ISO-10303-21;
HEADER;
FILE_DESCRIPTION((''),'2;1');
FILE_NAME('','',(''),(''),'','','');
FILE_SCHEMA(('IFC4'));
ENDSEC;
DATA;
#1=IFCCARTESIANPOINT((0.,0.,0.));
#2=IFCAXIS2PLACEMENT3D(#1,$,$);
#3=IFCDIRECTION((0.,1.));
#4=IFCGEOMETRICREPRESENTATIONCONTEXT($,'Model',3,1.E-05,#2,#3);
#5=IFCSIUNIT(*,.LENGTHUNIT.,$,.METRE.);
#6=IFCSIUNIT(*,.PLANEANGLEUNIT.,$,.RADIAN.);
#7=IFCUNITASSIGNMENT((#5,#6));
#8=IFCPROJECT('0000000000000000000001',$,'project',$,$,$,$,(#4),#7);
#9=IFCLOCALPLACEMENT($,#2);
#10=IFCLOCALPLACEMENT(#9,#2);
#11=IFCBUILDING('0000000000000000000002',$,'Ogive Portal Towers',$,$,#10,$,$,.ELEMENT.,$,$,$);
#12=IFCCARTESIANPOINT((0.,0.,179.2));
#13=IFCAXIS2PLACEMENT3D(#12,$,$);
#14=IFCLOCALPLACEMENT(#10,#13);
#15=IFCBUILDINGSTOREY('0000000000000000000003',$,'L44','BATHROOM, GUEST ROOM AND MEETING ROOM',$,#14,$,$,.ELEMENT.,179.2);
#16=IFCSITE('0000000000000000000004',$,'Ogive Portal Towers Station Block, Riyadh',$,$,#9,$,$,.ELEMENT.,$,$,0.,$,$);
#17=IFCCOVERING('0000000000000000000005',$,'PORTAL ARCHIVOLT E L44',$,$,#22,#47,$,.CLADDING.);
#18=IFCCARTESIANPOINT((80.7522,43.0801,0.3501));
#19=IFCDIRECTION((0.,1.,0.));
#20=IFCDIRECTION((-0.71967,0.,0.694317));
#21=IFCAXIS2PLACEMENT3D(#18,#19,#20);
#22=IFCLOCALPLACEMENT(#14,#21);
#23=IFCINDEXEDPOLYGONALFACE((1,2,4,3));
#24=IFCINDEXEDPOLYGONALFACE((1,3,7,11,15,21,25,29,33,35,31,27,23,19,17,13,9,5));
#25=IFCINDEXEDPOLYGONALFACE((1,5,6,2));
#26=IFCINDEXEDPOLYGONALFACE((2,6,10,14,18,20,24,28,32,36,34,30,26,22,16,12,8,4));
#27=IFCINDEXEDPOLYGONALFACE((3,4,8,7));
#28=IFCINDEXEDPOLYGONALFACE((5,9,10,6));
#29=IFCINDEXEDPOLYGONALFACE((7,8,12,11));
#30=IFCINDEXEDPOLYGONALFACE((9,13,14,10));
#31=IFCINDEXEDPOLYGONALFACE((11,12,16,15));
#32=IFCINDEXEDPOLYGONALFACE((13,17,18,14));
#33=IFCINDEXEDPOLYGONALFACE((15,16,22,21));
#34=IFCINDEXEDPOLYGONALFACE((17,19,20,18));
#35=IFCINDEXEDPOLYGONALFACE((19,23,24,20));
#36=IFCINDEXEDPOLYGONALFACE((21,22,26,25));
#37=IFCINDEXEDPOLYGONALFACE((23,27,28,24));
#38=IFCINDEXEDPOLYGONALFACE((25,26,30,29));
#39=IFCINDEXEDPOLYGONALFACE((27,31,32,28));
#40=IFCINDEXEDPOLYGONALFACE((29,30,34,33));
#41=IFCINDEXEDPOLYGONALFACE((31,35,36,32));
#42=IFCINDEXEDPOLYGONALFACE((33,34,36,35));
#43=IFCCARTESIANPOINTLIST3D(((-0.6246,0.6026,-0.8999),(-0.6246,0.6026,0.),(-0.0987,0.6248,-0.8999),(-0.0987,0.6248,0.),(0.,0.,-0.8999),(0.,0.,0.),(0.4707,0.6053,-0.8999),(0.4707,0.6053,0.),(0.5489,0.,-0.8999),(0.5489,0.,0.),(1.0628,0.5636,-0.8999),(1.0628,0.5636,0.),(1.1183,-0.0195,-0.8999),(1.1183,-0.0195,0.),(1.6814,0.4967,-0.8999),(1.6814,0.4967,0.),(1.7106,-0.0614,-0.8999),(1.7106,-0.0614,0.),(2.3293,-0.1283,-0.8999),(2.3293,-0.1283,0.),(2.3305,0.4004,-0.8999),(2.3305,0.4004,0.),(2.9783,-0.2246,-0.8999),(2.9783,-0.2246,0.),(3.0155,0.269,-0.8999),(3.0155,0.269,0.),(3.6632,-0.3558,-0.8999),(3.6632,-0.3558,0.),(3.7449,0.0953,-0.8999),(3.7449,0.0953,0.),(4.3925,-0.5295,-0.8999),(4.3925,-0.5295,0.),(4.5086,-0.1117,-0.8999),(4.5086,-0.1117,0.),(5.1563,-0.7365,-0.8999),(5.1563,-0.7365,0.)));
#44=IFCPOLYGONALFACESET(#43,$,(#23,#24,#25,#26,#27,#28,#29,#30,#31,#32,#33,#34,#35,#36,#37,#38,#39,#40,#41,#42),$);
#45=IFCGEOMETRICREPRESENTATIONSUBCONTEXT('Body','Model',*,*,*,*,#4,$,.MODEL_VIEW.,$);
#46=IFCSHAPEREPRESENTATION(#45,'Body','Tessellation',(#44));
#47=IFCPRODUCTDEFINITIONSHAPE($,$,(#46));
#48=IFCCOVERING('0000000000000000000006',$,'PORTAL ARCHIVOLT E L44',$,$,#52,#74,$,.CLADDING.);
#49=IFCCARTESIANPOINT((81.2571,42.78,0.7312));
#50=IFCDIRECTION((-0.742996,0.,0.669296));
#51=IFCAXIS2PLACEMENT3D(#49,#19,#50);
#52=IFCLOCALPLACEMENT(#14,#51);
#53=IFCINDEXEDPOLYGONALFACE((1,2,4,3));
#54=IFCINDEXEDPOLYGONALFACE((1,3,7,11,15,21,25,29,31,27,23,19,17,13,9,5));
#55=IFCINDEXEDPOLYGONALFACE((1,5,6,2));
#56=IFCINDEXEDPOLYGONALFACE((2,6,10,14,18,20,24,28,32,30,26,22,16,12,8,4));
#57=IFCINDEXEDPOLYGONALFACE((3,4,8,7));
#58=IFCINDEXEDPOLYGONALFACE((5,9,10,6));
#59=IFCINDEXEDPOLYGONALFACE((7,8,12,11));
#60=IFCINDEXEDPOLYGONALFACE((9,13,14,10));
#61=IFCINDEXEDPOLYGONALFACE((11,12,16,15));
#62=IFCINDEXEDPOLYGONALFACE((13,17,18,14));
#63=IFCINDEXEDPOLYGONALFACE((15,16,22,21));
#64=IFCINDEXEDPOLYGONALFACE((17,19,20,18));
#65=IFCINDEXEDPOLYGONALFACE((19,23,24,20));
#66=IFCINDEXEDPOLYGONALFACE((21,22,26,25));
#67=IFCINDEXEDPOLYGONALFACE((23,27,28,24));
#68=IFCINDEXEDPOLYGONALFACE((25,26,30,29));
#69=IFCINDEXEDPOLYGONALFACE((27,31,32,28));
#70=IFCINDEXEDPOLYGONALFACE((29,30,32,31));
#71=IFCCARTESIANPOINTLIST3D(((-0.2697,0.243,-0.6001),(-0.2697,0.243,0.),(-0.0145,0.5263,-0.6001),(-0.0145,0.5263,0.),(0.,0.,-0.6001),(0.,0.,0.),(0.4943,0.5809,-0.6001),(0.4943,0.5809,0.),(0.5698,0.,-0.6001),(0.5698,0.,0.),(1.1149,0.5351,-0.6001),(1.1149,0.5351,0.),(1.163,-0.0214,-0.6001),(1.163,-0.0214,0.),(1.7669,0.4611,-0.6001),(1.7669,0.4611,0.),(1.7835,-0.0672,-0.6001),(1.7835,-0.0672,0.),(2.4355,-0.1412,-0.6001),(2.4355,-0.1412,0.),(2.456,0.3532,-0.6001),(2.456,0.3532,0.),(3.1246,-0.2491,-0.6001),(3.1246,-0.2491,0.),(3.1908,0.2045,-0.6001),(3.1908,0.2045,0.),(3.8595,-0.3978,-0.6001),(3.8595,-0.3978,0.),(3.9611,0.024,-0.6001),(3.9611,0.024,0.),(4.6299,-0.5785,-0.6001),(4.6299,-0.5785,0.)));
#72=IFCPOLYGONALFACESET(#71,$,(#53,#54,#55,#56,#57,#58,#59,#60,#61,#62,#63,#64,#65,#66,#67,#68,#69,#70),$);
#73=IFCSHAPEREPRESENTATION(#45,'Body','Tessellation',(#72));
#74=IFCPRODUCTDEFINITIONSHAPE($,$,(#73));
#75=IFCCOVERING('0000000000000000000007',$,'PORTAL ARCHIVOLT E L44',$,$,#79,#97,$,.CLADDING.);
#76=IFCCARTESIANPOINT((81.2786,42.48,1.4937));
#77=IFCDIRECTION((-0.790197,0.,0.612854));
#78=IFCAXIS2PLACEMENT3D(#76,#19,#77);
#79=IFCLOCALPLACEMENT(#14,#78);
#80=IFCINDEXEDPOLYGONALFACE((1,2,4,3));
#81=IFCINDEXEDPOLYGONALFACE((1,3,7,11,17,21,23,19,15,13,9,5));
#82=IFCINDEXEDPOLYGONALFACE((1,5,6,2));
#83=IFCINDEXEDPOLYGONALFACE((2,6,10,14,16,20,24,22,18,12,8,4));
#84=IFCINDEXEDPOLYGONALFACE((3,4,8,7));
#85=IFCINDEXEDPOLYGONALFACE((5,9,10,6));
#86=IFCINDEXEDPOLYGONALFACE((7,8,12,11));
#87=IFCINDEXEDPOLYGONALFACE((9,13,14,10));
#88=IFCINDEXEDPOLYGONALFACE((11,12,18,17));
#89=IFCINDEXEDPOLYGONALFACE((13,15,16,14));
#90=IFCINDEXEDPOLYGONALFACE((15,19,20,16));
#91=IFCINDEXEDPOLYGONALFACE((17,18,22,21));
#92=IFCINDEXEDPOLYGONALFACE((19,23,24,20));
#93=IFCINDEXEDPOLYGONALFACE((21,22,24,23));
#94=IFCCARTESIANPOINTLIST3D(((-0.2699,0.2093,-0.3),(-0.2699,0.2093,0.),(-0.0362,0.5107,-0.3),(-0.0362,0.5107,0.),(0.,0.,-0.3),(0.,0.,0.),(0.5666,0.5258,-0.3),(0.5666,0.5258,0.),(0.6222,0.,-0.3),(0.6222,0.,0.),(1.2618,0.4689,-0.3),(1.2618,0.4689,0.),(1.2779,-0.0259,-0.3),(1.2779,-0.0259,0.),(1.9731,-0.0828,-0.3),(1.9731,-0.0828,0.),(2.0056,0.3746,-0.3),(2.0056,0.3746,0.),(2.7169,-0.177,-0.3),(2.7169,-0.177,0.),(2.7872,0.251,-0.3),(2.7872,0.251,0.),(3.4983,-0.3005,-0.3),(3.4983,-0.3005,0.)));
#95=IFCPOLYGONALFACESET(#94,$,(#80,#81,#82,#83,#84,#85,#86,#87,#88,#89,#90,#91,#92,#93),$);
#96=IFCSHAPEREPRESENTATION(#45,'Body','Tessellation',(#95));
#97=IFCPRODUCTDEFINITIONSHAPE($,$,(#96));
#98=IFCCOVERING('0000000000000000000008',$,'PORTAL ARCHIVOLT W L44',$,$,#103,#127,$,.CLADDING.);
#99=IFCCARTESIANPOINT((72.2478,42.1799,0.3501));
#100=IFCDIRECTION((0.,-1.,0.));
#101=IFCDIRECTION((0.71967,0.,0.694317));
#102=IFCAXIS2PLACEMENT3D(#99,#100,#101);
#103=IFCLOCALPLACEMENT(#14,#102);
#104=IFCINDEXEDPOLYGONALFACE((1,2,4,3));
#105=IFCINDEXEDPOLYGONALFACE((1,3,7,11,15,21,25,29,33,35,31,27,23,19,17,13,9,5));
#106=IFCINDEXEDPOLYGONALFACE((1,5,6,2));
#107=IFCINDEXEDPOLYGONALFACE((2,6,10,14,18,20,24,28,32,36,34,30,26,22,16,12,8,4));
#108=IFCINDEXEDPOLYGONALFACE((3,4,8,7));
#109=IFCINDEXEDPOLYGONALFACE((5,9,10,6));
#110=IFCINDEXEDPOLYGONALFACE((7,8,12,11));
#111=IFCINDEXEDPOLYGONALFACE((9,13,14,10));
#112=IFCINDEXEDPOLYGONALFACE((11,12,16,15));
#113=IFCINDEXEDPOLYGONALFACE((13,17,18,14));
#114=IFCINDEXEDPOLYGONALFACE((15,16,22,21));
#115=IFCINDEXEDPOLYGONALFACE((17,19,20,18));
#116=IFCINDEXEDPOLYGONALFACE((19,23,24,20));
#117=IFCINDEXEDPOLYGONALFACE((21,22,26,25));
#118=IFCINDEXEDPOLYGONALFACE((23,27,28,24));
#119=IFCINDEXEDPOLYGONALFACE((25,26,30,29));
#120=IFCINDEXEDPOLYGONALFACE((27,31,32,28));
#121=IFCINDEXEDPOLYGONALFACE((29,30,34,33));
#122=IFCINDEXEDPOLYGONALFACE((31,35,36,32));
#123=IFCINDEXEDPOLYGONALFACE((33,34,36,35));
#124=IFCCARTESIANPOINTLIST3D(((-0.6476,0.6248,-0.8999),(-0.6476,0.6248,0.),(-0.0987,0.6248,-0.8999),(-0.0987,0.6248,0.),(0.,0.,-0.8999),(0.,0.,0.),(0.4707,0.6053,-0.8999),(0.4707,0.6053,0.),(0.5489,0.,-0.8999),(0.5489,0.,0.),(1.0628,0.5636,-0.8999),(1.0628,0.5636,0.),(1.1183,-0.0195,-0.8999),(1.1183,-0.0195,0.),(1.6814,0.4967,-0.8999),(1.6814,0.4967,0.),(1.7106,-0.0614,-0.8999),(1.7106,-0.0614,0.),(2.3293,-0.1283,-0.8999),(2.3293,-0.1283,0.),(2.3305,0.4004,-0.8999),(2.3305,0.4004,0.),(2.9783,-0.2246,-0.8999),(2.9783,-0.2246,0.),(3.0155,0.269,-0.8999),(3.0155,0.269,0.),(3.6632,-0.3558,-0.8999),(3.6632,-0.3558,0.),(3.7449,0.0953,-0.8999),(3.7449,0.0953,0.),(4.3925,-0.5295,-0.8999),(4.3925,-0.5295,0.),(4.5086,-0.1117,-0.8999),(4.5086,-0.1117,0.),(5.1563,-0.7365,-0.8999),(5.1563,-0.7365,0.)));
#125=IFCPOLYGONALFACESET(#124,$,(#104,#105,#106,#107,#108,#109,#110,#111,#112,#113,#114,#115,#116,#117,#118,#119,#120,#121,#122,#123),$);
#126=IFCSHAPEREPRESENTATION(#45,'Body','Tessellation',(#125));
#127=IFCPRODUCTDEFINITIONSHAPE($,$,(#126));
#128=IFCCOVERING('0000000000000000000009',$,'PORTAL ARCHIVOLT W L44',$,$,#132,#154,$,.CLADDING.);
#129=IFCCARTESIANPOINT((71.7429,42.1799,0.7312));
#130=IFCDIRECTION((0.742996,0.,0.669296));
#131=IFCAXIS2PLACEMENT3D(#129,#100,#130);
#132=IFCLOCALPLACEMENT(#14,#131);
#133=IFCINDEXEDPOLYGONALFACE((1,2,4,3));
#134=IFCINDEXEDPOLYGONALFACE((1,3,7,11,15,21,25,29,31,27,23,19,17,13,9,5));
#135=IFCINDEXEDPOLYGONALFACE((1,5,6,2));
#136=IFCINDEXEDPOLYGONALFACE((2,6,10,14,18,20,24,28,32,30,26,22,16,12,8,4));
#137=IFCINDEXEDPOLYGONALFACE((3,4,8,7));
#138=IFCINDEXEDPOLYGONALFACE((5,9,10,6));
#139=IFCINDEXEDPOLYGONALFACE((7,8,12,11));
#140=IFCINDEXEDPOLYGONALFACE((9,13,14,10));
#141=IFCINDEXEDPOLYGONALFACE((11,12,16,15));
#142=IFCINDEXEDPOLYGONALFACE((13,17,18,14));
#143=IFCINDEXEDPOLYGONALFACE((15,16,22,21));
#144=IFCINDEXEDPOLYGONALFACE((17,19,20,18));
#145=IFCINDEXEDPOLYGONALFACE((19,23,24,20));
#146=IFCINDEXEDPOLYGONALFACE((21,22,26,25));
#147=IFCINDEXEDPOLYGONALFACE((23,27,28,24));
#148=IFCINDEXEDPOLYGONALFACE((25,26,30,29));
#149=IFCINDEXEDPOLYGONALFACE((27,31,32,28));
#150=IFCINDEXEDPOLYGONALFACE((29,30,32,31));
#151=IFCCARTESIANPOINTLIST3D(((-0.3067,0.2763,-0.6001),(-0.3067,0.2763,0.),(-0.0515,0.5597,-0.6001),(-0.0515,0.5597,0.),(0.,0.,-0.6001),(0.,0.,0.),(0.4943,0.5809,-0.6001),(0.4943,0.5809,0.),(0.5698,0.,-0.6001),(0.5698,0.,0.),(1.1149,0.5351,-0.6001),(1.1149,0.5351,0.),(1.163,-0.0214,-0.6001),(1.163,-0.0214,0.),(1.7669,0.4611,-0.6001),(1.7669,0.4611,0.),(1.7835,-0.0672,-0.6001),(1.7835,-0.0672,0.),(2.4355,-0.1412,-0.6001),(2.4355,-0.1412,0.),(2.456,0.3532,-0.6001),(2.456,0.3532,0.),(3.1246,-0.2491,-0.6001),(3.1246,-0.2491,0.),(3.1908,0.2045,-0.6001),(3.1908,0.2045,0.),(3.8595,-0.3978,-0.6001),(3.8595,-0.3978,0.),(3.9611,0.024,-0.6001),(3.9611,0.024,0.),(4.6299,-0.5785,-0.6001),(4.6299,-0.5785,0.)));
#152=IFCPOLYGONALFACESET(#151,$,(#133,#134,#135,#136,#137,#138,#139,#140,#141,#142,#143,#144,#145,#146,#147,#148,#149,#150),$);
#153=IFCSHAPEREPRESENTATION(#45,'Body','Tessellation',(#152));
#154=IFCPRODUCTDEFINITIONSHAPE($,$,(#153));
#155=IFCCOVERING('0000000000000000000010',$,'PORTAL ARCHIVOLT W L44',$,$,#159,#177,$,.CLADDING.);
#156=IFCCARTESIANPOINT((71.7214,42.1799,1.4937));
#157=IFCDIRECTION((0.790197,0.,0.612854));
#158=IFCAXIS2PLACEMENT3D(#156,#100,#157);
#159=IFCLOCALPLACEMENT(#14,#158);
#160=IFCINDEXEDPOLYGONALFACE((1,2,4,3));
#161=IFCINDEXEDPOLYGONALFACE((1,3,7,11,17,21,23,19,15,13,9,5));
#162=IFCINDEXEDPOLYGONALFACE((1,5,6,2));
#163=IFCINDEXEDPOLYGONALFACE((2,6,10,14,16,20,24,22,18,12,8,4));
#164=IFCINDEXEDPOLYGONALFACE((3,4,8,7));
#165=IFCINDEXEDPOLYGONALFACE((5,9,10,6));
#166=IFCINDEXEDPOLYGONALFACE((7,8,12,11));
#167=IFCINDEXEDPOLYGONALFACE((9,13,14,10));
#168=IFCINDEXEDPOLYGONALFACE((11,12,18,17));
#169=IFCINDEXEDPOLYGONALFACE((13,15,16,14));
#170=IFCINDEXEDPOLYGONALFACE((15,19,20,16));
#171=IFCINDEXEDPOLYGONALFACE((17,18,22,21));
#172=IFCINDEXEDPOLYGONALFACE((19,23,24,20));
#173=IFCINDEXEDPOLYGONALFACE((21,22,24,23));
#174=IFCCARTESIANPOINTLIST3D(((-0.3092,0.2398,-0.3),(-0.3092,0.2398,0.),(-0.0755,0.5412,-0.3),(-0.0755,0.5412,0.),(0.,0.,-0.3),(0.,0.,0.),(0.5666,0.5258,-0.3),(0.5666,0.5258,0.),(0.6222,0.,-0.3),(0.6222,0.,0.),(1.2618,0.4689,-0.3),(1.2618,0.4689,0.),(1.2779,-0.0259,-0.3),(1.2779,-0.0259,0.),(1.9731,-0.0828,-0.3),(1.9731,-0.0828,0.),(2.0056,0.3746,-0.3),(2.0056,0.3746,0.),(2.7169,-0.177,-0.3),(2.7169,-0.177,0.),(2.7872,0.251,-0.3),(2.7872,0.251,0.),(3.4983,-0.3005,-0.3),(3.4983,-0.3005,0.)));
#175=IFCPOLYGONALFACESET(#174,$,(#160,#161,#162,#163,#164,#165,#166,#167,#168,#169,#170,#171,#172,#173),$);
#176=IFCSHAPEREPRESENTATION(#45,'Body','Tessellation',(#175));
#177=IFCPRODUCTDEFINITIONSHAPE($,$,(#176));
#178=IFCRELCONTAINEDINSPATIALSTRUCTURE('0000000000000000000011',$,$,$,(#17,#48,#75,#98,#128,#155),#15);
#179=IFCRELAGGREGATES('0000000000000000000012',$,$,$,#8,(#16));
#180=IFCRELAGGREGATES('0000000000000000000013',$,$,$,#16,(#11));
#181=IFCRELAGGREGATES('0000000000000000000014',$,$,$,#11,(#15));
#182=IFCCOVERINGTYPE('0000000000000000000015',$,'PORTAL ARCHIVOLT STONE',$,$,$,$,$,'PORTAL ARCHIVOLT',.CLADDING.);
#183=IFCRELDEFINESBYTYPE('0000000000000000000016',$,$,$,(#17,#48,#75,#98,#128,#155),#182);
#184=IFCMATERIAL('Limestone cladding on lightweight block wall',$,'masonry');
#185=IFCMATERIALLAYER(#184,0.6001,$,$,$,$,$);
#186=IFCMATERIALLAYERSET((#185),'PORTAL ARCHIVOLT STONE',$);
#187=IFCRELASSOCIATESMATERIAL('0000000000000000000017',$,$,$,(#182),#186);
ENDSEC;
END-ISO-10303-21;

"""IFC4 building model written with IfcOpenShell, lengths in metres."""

from ifc_helpers import new_model, si_unit, direction, frame, origin, place, context, subcontext, project, spatial, polyline, outline, extrude, material, layer, layer_set, type_object, element, save


model = new_model("IFC4")

# Units and contexts
model_context = context("Model", 3, precision=1e-05, world=origin(), true_north=direction((0.0, 1.0)))
body_context = subcontext(model_context, "Body", "Model", "MODEL_VIEW")
ifc_project = project(units=[si_unit("LENGTHUNIT", "METRE"), si_unit("PLANEANGLEUNIT", "RADIAN")], contexts=[model_context])

# Site, building, storey
site_placement = place(None, origin())
site = spatial("IfcSite", under=ifc_project, at=site_placement, Name="Ogive Portal Towers Station Block, Riyadh", CompositionType="ELEMENT", RefElevation=0.0)
building_placement = place(site_placement, origin())
building = spatial("IfcBuilding", under=site, at=building_placement, Name="Ogive Portal Towers", CompositionType="ELEMENT")
storey_placement = place(building_placement, frame((0.0, 0.0, 179.2)))
storey = spatial("IfcBuildingStorey", under=building, at=storey_placement, Name="L44", Description="BATHROOM, GUEST ROOM AND MEETING ROOM", CompositionType="ELEMENT", Elevation=179.2)

# Shared definitions
ifc_material_1 = material(Name="Limestone cladding on lightweight block wall", Category="masonry")

# Coverings
ifc_layer_1 = layer(ifc_material_1, 0.6001)
ifc_layer_set_1 = layer_set([ifc_layer_1], Name="PORTAL ARCHIVOLT STONE")
covering_type_1 = type_object("IfcCoveringType", Name="PORTAL ARCHIVOLT STONE", ElementType="PORTAL ARCHIVOLT", PredefinedType="CLADDING", material=ifc_layer_set_1)
covering_1_placement = place(storey_placement, frame((80.7522, 43.0801, 0.3501), z_axis=(0.0, 1.0, 0.0), x_axis=(-0.71967, 0.0, 0.694317)))
element("IfcCovering", 1, at=covering_1_placement, inside=storey, type_object=covering_type_1, Name="PORTAL ARCHIVOLT E L44", PredefinedType="CLADDING", context=body_context, shape_type="SweptSolid", body=[
    extrude(outline(polyline([(0.0, 0.0), (0.5489, 0.0), (1.1183, -0.0195), (1.7106, -0.0614), (2.3293, -0.1283), (2.9783, -0.2246), (3.6632, -0.3558), (4.3925, -0.5295), (5.1563, -0.7365), (4.5086, -0.1117), (3.7449, 0.0953), (3.0155, 0.269), (2.3305, 0.4004), (1.6814, 0.4967), (1.0628, 0.5636), (0.4707, 0.6053), (-0.0987, 0.6248), (-0.6246, 0.6026), (0.0, 0.0)])), origin(), (0.0, 0.0, -1.0), 0.8999),
])
covering_2_placement = place(storey_placement, frame((81.2571, 42.78, 0.7312), z_axis=(0.0, 1.0, 0.0), x_axis=(-0.742996, 0.0, 0.669296)))
element("IfcCovering", 2, at=covering_2_placement, inside=storey, type_object=covering_type_1, Name="PORTAL ARCHIVOLT E L44", PredefinedType="CLADDING", context=body_context, shape_type="SweptSolid", body=[
    extrude(outline(polyline([(0.0, 0.0), (0.5698, 0.0), (1.163, -0.0214), (1.7835, -0.0672), (2.4355, -0.1412), (3.1246, -0.2491), (3.8595, -0.3978), (4.6299, -0.5785), (3.9611, 0.024), (3.1908, 0.2045), (2.456, 0.3532), (1.7669, 0.4611), (1.1149, 0.5351), (0.4943, 0.5809), (-0.0145, 0.5263), (-0.2697, 0.243), (0.0, 0.0)])), origin(), (0.0, 0.0, -1.0), 0.6001),
])
covering_3_placement = place(storey_placement, frame((81.2786, 42.48, 1.4937), z_axis=(0.0, 1.0, 0.0), x_axis=(-0.790197, 0.0, 0.612854)))
element("IfcCovering", 3, at=covering_3_placement, inside=storey, type_object=covering_type_1, Name="PORTAL ARCHIVOLT E L44", PredefinedType="CLADDING", context=body_context, shape_type="SweptSolid", body=[
    extrude(outline(polyline([(0.0, 0.0), (0.6222, 0.0), (1.2779, -0.0259), (1.9731, -0.0828), (2.7169, -0.177), (3.4983, -0.3005), (2.7872, 0.251), (2.0056, 0.3746), (1.2618, 0.4689), (0.5666, 0.5258), (-0.0362, 0.5107), (-0.2699, 0.2093), (0.0, 0.0)])), origin(), (0.0, 0.0, -1.0), 0.3),
])
covering_4_placement = place(storey_placement, frame((72.2478, 42.1799, 0.3501), z_axis=(0.0, -1.0, 0.0), x_axis=(0.71967, 0.0, 0.694317)))
element("IfcCovering", 4, at=covering_4_placement, inside=storey, type_object=covering_type_1, Name="PORTAL ARCHIVOLT W L44", PredefinedType="CLADDING", context=body_context, shape_type="SweptSolid", body=[
    extrude(outline(polyline([(0.0, 0.0), (0.5489, 0.0), (1.1183, -0.0195), (1.7106, -0.0614), (2.3293, -0.1283), (2.9783, -0.2246), (3.6632, -0.3558), (4.3925, -0.5295), (5.1563, -0.7365), (4.5086, -0.1117), (3.7449, 0.0953), (3.0155, 0.269), (2.3305, 0.4004), (1.6814, 0.4967), (1.0628, 0.5636), (0.4707, 0.6053), (-0.0987, 0.6248), (-0.6476, 0.6248), (0.0, 0.0)])), origin(), (0.0, 0.0, -1.0), 0.8999),
])
covering_5_placement = place(storey_placement, frame((71.7429, 42.1799, 0.7312), z_axis=(0.0, -1.0, 0.0), x_axis=(0.742996, 0.0, 0.669296)))
element("IfcCovering", 5, at=covering_5_placement, inside=storey, type_object=covering_type_1, Name="PORTAL ARCHIVOLT W L44", PredefinedType="CLADDING", context=body_context, shape_type="SweptSolid", body=[
    extrude(outline(polyline([(0.0, 0.0), (0.5698, 0.0), (1.163, -0.0214), (1.7835, -0.0672), (2.4355, -0.1412), (3.1246, -0.2491), (3.8595, -0.3978), (4.6299, -0.5785), (3.9611, 0.024), (3.1908, 0.2045), (2.456, 0.3532), (1.7669, 0.4611), (1.1149, 0.5351), (0.4943, 0.5809), (-0.0515, 0.5597), (-0.3067, 0.2763), (0.0, 0.0)])), origin(), (0.0, 0.0, -1.0), 0.6001),
])
covering_6_placement = place(storey_placement, frame((71.7214, 42.1799, 1.4937), z_axis=(0.0, -1.0, 0.0), x_axis=(0.790197, 0.0, 0.612854)))
element("IfcCovering", 6, at=covering_6_placement, inside=storey, type_object=covering_type_1, Name="PORTAL ARCHIVOLT W L44", PredefinedType="CLADDING", context=body_context, shape_type="SweptSolid", body=[
    extrude(outline(polyline([(0.0, 0.0), (0.6222, 0.0), (1.2779, -0.0259), (1.9731, -0.0828), (2.7169, -0.177), (3.4983, -0.3005), (2.7872, 0.251), (2.0056, 0.3746), (1.2618, 0.4689), (0.5666, 0.5258), (-0.0755, 0.5412), (-0.3092, 0.2398), (0.0, 0.0)])), origin(), (0.0, 0.0, -1.0), 0.3),
])

save(model, "model.ifc")
